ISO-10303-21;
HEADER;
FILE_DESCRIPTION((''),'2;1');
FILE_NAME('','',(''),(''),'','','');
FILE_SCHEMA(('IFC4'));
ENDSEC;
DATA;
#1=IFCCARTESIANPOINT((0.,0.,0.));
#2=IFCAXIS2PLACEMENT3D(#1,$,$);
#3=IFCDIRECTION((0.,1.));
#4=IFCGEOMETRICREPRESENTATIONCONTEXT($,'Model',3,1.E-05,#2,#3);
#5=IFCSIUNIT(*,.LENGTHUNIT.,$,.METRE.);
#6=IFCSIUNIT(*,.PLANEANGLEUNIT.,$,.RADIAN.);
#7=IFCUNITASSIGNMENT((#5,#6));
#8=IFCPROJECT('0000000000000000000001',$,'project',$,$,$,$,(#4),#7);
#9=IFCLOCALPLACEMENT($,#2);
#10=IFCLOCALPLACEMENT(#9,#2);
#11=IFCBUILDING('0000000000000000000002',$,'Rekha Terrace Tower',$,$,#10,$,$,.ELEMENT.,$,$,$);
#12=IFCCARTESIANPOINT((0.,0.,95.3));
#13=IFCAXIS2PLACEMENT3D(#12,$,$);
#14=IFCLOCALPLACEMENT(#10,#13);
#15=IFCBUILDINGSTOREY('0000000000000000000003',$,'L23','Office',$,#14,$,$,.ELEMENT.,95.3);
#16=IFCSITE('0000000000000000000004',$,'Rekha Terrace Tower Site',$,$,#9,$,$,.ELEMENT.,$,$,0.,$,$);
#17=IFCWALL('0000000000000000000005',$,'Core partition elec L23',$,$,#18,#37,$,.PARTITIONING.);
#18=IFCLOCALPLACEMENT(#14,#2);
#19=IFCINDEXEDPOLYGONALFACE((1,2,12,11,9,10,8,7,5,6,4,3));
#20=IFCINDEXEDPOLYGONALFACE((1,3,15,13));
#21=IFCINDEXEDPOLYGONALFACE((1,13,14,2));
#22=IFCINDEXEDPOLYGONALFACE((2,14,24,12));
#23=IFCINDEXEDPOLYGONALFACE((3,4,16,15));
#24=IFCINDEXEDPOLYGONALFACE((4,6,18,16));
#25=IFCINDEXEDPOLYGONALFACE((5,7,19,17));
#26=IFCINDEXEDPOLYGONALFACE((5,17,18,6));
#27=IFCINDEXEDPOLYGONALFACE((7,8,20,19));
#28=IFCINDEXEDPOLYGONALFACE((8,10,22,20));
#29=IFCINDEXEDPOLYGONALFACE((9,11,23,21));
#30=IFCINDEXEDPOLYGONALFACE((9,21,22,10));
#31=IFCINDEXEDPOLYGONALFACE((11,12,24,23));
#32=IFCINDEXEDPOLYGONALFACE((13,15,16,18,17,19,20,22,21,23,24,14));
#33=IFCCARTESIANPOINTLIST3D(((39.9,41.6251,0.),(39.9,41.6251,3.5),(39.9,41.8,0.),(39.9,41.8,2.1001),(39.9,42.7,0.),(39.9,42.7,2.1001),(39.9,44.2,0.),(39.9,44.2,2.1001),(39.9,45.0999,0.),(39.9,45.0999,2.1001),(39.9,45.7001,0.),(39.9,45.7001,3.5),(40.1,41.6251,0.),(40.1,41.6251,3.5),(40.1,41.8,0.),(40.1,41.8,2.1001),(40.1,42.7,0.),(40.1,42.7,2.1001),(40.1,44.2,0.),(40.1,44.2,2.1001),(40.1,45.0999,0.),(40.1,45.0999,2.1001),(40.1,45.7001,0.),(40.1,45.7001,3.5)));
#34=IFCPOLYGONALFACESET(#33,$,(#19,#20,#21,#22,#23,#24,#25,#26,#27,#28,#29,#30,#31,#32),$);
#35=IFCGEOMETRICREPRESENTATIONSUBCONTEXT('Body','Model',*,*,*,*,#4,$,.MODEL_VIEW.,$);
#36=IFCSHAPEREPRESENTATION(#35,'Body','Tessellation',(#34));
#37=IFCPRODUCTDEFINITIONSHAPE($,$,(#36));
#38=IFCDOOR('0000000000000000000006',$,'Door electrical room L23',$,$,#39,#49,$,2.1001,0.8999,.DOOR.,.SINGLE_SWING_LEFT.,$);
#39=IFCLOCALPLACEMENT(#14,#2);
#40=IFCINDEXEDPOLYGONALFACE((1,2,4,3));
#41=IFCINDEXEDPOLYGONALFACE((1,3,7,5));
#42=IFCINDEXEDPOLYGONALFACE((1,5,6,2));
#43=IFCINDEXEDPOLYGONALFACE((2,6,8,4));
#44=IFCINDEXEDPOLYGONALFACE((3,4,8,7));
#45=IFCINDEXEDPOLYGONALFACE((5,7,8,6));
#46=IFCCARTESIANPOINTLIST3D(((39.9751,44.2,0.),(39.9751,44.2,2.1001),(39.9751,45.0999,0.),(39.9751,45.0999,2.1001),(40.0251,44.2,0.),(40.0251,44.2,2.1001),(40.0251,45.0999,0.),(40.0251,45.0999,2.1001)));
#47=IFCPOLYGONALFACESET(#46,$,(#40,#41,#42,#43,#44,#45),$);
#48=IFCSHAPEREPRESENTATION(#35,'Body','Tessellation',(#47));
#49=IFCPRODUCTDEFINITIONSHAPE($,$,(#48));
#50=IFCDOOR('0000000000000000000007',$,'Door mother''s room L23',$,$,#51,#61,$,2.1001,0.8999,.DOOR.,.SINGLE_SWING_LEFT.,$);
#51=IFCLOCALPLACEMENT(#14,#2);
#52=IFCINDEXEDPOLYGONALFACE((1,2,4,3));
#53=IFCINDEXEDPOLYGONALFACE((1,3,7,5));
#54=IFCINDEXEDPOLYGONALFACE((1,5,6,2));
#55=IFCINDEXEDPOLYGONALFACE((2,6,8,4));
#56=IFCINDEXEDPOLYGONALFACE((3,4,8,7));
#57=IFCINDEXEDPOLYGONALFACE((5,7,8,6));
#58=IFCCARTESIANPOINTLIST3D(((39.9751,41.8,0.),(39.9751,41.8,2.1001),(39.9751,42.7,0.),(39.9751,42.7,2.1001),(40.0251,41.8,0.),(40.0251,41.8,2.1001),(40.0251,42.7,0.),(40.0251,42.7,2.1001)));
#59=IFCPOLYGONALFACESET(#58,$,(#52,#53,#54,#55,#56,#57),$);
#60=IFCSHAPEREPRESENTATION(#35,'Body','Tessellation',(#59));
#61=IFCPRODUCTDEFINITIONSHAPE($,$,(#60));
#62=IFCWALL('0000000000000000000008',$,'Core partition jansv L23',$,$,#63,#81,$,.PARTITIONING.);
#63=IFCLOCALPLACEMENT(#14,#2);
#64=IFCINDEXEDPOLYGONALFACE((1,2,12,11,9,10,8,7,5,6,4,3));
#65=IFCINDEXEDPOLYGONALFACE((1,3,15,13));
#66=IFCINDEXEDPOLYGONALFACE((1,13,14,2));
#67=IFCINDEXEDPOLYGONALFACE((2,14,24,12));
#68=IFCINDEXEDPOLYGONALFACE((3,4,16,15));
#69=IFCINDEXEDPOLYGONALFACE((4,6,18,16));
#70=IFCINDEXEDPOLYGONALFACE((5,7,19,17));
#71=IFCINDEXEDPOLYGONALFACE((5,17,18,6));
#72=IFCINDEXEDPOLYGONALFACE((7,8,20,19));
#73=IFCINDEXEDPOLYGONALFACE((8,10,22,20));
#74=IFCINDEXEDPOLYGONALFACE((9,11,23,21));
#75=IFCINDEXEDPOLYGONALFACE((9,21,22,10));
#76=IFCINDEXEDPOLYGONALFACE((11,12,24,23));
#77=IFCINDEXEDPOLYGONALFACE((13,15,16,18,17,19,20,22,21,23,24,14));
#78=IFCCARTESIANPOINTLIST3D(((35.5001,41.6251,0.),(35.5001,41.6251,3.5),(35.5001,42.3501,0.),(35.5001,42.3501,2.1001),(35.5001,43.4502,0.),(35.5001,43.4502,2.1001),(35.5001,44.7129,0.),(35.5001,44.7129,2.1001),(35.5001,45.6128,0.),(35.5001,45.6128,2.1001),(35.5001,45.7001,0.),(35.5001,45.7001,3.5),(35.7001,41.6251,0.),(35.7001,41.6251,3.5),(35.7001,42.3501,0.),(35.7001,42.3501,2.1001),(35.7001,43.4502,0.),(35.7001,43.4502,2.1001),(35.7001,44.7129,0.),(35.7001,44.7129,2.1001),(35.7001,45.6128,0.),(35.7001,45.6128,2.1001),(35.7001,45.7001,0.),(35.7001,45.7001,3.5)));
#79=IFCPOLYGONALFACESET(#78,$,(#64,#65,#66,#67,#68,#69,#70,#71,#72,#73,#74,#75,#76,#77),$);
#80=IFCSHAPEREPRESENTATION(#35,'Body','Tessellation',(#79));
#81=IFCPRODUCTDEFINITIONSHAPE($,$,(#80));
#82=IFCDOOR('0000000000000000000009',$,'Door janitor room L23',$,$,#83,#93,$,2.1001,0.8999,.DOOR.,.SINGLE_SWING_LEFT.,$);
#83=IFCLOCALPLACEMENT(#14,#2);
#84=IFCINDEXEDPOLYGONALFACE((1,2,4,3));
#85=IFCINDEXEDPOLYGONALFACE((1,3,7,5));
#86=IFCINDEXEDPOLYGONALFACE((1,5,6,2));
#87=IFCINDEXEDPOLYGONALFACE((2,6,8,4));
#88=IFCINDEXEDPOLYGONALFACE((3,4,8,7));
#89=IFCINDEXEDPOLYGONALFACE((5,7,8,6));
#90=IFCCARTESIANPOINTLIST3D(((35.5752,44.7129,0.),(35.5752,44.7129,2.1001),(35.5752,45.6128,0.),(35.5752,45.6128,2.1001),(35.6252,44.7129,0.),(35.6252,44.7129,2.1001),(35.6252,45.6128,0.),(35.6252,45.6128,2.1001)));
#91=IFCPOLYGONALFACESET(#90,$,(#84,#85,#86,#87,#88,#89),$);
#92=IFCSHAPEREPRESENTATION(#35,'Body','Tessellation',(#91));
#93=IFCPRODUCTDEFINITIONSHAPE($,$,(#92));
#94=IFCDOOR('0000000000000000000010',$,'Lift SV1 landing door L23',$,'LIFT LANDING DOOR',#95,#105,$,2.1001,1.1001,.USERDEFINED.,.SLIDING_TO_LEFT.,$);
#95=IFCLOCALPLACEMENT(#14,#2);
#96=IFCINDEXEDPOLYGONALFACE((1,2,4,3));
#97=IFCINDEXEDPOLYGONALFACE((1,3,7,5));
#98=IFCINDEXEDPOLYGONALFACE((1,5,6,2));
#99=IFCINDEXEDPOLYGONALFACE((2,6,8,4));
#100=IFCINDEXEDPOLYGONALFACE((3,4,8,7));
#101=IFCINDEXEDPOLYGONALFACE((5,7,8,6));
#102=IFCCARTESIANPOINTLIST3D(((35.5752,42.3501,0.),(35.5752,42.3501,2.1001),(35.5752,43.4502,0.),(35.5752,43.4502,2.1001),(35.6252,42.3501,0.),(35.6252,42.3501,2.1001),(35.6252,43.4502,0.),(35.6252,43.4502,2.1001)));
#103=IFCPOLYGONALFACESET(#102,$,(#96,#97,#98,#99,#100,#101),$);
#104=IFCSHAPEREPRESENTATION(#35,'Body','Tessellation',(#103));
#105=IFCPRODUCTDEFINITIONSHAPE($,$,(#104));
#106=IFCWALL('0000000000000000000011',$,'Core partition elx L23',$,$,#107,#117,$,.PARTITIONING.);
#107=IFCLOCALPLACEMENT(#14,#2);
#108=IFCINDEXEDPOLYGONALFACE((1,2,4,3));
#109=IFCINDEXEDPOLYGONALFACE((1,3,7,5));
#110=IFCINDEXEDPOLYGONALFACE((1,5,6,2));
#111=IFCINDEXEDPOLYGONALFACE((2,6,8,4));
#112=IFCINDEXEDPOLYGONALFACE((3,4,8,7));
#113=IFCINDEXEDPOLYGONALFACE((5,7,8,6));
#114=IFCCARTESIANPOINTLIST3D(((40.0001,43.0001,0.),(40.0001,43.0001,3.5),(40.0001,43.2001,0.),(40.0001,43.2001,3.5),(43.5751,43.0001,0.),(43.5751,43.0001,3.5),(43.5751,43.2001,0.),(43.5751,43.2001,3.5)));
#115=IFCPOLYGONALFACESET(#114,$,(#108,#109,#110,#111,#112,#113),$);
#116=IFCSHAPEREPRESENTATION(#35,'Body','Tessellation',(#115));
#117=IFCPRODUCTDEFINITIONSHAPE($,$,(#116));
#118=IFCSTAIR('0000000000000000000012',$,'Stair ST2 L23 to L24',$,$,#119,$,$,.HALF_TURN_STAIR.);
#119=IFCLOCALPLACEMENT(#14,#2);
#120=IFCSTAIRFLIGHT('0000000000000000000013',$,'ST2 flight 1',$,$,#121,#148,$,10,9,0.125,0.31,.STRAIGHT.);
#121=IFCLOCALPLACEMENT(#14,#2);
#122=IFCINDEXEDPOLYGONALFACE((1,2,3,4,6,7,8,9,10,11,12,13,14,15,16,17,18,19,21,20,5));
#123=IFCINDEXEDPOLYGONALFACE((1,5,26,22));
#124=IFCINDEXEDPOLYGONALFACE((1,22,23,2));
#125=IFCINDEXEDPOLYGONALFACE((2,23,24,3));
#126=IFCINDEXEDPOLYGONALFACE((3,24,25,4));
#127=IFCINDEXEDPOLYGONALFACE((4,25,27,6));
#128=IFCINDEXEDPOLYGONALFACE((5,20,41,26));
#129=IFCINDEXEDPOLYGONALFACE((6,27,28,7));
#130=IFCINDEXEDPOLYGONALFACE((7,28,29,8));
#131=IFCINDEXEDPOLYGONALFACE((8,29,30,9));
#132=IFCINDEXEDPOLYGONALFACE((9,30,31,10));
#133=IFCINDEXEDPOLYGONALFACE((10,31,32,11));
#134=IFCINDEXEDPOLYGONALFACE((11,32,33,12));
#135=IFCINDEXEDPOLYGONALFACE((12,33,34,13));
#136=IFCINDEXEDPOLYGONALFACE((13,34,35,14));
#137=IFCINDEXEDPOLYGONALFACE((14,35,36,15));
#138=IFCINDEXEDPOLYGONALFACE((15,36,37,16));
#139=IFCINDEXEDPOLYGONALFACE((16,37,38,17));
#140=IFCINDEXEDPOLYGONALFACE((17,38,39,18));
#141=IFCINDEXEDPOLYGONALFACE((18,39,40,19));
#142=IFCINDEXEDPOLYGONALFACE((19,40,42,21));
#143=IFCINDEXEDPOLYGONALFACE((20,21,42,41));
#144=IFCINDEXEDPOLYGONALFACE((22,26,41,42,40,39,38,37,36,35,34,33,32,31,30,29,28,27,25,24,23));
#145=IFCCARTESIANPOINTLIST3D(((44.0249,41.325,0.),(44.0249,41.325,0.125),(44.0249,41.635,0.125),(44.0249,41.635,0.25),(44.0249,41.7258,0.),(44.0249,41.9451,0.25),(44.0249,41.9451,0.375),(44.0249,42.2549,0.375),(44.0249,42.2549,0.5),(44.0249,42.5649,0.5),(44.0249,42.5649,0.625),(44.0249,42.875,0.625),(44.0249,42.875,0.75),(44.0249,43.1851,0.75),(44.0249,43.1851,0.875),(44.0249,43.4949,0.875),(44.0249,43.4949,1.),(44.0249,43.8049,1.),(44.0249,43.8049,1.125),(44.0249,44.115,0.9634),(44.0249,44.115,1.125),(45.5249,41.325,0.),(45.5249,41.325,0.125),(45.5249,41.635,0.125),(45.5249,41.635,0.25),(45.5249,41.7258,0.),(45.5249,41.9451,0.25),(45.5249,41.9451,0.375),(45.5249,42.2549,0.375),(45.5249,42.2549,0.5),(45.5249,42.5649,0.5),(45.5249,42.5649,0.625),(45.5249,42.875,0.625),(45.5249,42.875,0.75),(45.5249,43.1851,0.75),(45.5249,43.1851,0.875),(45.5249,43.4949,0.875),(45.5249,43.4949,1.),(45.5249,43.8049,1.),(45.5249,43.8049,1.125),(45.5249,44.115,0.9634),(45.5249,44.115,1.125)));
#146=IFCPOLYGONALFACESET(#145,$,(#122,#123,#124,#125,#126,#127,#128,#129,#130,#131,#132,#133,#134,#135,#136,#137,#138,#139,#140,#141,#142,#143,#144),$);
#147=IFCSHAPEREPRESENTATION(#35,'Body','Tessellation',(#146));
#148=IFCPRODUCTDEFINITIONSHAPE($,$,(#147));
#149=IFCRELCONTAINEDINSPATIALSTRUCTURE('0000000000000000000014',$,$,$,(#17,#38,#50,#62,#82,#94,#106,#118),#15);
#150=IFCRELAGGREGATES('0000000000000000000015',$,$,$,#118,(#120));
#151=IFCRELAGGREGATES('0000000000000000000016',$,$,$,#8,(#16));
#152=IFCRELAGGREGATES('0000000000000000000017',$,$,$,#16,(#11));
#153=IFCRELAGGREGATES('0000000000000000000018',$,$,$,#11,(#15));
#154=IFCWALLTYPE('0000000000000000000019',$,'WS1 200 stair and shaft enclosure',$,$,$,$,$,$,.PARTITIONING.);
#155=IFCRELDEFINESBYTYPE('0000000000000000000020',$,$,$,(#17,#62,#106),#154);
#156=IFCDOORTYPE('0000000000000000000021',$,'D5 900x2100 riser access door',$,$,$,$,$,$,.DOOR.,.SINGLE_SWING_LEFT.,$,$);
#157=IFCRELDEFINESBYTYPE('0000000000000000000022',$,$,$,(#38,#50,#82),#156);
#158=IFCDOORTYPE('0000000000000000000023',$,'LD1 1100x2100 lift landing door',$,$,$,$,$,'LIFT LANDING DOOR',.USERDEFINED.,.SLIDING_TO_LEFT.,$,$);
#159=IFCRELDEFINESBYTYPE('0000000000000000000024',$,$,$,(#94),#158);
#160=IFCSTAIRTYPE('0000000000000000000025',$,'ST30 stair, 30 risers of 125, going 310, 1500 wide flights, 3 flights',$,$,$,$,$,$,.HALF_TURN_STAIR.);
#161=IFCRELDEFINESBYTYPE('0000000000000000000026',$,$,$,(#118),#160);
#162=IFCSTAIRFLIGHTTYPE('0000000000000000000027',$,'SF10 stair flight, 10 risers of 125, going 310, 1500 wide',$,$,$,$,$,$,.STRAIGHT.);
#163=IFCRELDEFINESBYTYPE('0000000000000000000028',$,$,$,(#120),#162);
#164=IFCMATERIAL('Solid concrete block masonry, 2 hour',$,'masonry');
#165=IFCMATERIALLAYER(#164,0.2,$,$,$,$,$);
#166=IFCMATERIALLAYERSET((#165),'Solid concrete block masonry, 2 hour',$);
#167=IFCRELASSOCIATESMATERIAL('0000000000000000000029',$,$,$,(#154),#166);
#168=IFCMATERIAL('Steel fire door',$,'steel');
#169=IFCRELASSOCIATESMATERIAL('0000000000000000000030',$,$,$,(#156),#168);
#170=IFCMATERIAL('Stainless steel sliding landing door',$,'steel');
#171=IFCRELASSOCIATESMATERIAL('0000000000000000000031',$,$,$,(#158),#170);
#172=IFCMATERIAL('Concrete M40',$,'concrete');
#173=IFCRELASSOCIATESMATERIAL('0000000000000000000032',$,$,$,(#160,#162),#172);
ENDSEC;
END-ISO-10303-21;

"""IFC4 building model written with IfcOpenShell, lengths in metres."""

from ifc_helpers import new_model, si_unit, direction, frame, frame_2d, origin, place, context, subcontext, project, spatial, polyline, rectangle, outline, extrude, material, layer, layer_set, type_object, element, fill, aggregate, save


model = new_model("IFC4")

# Units and contexts
model_context = context("Model", 3, precision=1e-05, world=origin(), true_north=direction((0.0, 1.0)))
body_context = subcontext(model_context, "Body", "Model", "MODEL_VIEW")
ifc_project = project(units=[si_unit("LENGTHUNIT", "METRE"), si_unit("PLANEANGLEUNIT", "RADIAN")], contexts=[model_context])

# Site, building, storey
site_placement = place(None, origin())
site = spatial("IfcSite", under=ifc_project, at=site_placement, Name="Rekha Terrace Tower Site", CompositionType="ELEMENT", RefElevation=0.0)
building_placement = place(site_placement, origin())
building = spatial("IfcBuilding", under=site, at=building_placement, Name="Rekha Terrace Tower", CompositionType="ELEMENT")
storey_placement = place(building_placement, frame((0.0, 0.0, 95.3)))
storey = spatial("IfcBuildingStorey", under=building, at=storey_placement, Name="L23", Description="Office", CompositionType="ELEMENT", Elevation=95.3)

# Shared definitions
ifc_material_1 = material(Name="Stainless steel sliding landing door", Category="steel")
ifc_material_2 = material(Name="Steel fire door", Category="steel")

# Shared definitions
ifc_material_3 = material(Name="Solid concrete block masonry, 2 hour", Category="masonry")
ifc_layer_1 = layer(ifc_material_3, 0.2)
ifc_layer_set_1 = layer_set([ifc_layer_1], Name="Solid concrete block masonry, 2 hour")
wall_type_1 = type_object("IfcWallType", Name="WS1 200 stair and shaft enclosure", PredefinedType="PARTITIONING", material=ifc_layer_set_1)

# Walls, openings, doors
wall_1_placement = place(storey_placement, frame((40.0, 41.625, 0.0), z_axis=(0.0, 0.0, 1.0), x_axis=(0.0, 1.0, 0.0)))
wall_1 = element("IfcWall", 1, at=wall_1_placement, inside=storey, type_object=wall_type_1, Name="Core partition elec L23", PredefinedType="PARTITIONING", context=body_context, shape_type="SweptSolid", body=[
    extrude(rectangle(XDim=4.075, YDim=0.2, at=frame_2d((2.0376, 0.0))), origin(), (0.0, 0.0, 1.0), 3.5),
])
opening_1_placement = place(wall_1_placement, frame((2.575, 0.0, 0.0)))
opening_1 = element("IfcOpeningElement", 2, at=opening_1_placement, cuts=wall_1, PredefinedType="OPENING", context=body_context, shape_type="SweptSolid", body=[
    extrude(rectangle(XDim=0.8999, YDim=2.1001, at=frame_2d((0.45, 1.05))), frame((0.0, 0.1099, 0.0), z_axis=(0.0, -1.0, 0.0), x_axis=(1.0, 0.0, 0.0)), (0.0, 0.0, 1.0), 0.22),
])
opening_2_placement = place(wall_1_placement, frame((0.175, 0.0, 0.0)))
opening_2 = element("IfcOpeningElement", 3, at=opening_2_placement, cuts=wall_1, PredefinedType="OPENING", context=body_context, shape_type="SweptSolid", body=[
    extrude(rectangle(XDim=0.8999, YDim=2.1001, at=frame_2d((0.45, 1.05))), frame((0.0, 0.1099, 0.0), z_axis=(0.0, -1.0, 0.0), x_axis=(1.0, 0.0, 0.0)), (0.0, 0.0, 1.0), 0.22),
])
door_type_1 = type_object("IfcDoorType", Name="D5 900x2100 riser access door", OperationType="SINGLE_SWING_LEFT", PredefinedType="DOOR", material=ifc_material_2)
door_1_placement = place(opening_1_placement, origin())
door_1 = element("IfcDoor", 4, at=door_1_placement, inside=storey, type_object=door_type_1, Name="Door electrical room L23", OperationType="SINGLE_SWING_LEFT", OverallHeight=2.1001, OverallWidth=0.8999, PredefinedType="DOOR", context=body_context, shape_type="SweptSolid", body=[
    extrude(rectangle(XDim=0.8999, YDim=2.1001, at=frame_2d((0.45, 1.05))), frame((0.0, 0.0249, 0.0), z_axis=(0.0, -1.0, 0.0), x_axis=(1.0, 0.0, 0.0)), (0.0, 0.0, 1.0), 0.05),
])
fill(opening_1, door_1)
door_2_placement = place(opening_2_placement, origin())
door_2 = element("IfcDoor", 5, at=door_2_placement, inside=storey, type_object=door_type_1, Name="Door mother's room L23", OperationType="SINGLE_SWING_LEFT", OverallHeight=2.1001, OverallWidth=0.8999, PredefinedType="DOOR", context=body_context, shape_type="SweptSolid", body=[
    extrude(rectangle(XDim=0.8999, YDim=2.1001, at=frame_2d((0.45, 1.05))), frame((0.0, 0.0249, 0.0), z_axis=(0.0, -1.0, 0.0), x_axis=(1.0, 0.0, 0.0)), (0.0, 0.0, 1.0), 0.05),
])
fill(opening_2, door_2)
wall_2_placement = place(storey_placement, frame((35.6001, 41.625, 0.0), z_axis=(0.0, 0.0, 1.0), x_axis=(0.0, 1.0, 0.0)))
wall_2 = element("IfcWall", 6, at=wall_2_placement, inside=storey, type_object=wall_type_1, Name="Core partition jansv L23", PredefinedType="PARTITIONING", context=body_context, shape_type="SweptSolid", body=[
    extrude(rectangle(XDim=4.075, YDim=0.2, at=frame_2d((2.0376, 0.0))), origin(), (0.0, 0.0, 1.0), 3.5),
])
opening_3_placement = place(wall_2_placement, frame((3.0879, 0.0, 0.0)))
opening_3 = element("IfcOpeningElement", 7, at=opening_3_placement, cuts=wall_2, PredefinedType="OPENING", context=body_context, shape_type="SweptSolid", body=[
    extrude(rectangle(XDim=0.8999, YDim=2.1001, at=frame_2d((0.45, 1.05))), frame((0.0, 0.1099, 0.0), z_axis=(0.0, -1.0, 0.0), x_axis=(1.0, 0.0, 0.0)), (0.0, 0.0, 1.0), 0.22),
])
opening_4_placement = place(wall_2_placement, frame((0.7251, 0.0, 0.0)))
opening_4 = element("IfcOpeningElement", 8, at=opening_4_placement, cuts=wall_2, PredefinedType="OPENING", context=body_context, shape_type="SweptSolid", body=[
    extrude(rectangle(XDim=1.1001, YDim=2.1001, at=frame_2d((0.55, 1.05))), frame((0.0, 0.1099, 0.0), z_axis=(0.0, -1.0, 0.0), x_axis=(1.0, 0.0, 0.0)), (0.0, 0.0, 1.0), 0.22),
])
door_3_placement = place(opening_3_placement, origin())
door_3 = element("IfcDoor", 9, at=door_3_placement, inside=storey, type_object=door_type_1, Name="Door janitor room L23", OperationType="SINGLE_SWING_LEFT", OverallHeight=2.1001, OverallWidth=0.8999, PredefinedType="DOOR", context=body_context, shape_type="SweptSolid", body=[
    extrude(rectangle(XDim=0.8999, YDim=2.1001, at=frame_2d((0.45, 1.05))), frame((0.0, 0.0249, 0.0), z_axis=(0.0, -1.0, 0.0), x_axis=(1.0, 0.0, 0.0)), (0.0, 0.0, 1.0), 0.05),
])
fill(opening_3, door_3)
door_type_2 = type_object("IfcDoorType", Name="LD1 1100x2100 lift landing door", ElementType="LIFT LANDING DOOR", OperationType="SLIDING_TO_LEFT", PredefinedType="USERDEFINED", material=ifc_material_1)
door_4_placement = place(opening_4_placement, origin())
door_4 = element("IfcDoor", 10, at=door_4_placement, inside=storey, type_object=door_type_2, Name="Lift SV1 landing door L23", ObjectType="LIFT LANDING DOOR", OperationType="SLIDING_TO_LEFT", OverallHeight=2.1001, OverallWidth=1.1001, PredefinedType="USERDEFINED", context=body_context, shape_type="SweptSolid", body=[
    extrude(rectangle(XDim=1.1001, YDim=2.1001, at=frame_2d((0.55, 1.05))), frame((0.0, 0.0249, 0.0), z_axis=(0.0, -1.0, 0.0), x_axis=(1.0, 0.0, 0.0)), (0.0, 0.0, 1.0), 0.05),
])
fill(opening_4, door_4)

# Wall
wall_3_placement = place(storey_placement, frame((40.0, 43.1001, 0.0), z_axis=(0.0, 0.0, 1.0), x_axis=(1.0, 0.0, 0.0)))
element("IfcWall", 11, at=wall_3_placement, inside=storey, type_object=wall_type_1, Name="Core partition elx L23", PredefinedType="PARTITIONING", context=body_context, shape_type="SweptSolid", body=[
    extrude(rectangle(XDim=3.575, YDim=0.2, at=frame_2d((1.7876, 0.0))), origin(), (0.0, 0.0, 1.0), 3.5),
])

# Stair, stair flight
ifc_material_4 = material(Name="Concrete M40", Category="concrete")
stair_type = type_object("IfcStairType", Name="ST30 stair, 30 risers of 125, going 310, 1500 wide flights, 3 flights", PredefinedType="HALF_TURN_STAIR", material=ifc_material_4)
stair_placement = place(storey_placement, origin())
stair = element("IfcStair", 12, at=stair_placement, inside=storey, type_object=stair_type, Name="Stair ST2 L23 to L24", PredefinedType="HALF_TURN_STAIR")
stair_flight_type = type_object("IfcStairFlightType", Name="SF10 stair flight, 10 risers of 125, going 310, 1500 wide", PredefinedType="STRAIGHT", material=ifc_material_4)
stair_flight_placement = place(storey_placement, frame((44.7749, 41.325, 0.0), z_axis=(0.0, 0.0, 1.0), x_axis=(0.0, 1.0, 0.0)))
stair_flight = element("IfcStairFlight", 13, at=stair_flight_placement, type_object=stair_flight_type, Name="ST2 flight 1", NumberOfRisers=10, NumberOfTreads=9, PredefinedType="STRAIGHT", RiserHeight=0.125, TreadLength=0.31, context=body_context, shape_type="SweptSolid", body=[
    extrude(outline(polyline([(0.0, 0.0), (0.0, 0.125), (0.3101, 0.125), (0.3101, 0.25), (0.6201, 0.25), (0.6201, 0.375), (0.9299, 0.375), (0.9299, 0.5), (1.24, 0.5), (1.24, 0.625), (1.55, 0.625), (1.55, 0.75), (1.8601, 0.75), (1.8601, 0.875), (2.1699, 0.875), (2.1699, 1.0), (2.48, 1.0), (2.48, 1.125), (2.79, 1.125), (2.79, 1.25), (2.79, 0.9634), (0.4009, 0.0), (0.0, 0.0)])), frame((0.0, 0.75, 0.0), z_axis=(0.0, -1.0, 0.0), x_axis=(1.0, 0.0, 0.0)), (0.0, 0.0, 1.0), 1.5),
])
aggregate(stair, [stair_flight])

save(model, "model.ifc")
